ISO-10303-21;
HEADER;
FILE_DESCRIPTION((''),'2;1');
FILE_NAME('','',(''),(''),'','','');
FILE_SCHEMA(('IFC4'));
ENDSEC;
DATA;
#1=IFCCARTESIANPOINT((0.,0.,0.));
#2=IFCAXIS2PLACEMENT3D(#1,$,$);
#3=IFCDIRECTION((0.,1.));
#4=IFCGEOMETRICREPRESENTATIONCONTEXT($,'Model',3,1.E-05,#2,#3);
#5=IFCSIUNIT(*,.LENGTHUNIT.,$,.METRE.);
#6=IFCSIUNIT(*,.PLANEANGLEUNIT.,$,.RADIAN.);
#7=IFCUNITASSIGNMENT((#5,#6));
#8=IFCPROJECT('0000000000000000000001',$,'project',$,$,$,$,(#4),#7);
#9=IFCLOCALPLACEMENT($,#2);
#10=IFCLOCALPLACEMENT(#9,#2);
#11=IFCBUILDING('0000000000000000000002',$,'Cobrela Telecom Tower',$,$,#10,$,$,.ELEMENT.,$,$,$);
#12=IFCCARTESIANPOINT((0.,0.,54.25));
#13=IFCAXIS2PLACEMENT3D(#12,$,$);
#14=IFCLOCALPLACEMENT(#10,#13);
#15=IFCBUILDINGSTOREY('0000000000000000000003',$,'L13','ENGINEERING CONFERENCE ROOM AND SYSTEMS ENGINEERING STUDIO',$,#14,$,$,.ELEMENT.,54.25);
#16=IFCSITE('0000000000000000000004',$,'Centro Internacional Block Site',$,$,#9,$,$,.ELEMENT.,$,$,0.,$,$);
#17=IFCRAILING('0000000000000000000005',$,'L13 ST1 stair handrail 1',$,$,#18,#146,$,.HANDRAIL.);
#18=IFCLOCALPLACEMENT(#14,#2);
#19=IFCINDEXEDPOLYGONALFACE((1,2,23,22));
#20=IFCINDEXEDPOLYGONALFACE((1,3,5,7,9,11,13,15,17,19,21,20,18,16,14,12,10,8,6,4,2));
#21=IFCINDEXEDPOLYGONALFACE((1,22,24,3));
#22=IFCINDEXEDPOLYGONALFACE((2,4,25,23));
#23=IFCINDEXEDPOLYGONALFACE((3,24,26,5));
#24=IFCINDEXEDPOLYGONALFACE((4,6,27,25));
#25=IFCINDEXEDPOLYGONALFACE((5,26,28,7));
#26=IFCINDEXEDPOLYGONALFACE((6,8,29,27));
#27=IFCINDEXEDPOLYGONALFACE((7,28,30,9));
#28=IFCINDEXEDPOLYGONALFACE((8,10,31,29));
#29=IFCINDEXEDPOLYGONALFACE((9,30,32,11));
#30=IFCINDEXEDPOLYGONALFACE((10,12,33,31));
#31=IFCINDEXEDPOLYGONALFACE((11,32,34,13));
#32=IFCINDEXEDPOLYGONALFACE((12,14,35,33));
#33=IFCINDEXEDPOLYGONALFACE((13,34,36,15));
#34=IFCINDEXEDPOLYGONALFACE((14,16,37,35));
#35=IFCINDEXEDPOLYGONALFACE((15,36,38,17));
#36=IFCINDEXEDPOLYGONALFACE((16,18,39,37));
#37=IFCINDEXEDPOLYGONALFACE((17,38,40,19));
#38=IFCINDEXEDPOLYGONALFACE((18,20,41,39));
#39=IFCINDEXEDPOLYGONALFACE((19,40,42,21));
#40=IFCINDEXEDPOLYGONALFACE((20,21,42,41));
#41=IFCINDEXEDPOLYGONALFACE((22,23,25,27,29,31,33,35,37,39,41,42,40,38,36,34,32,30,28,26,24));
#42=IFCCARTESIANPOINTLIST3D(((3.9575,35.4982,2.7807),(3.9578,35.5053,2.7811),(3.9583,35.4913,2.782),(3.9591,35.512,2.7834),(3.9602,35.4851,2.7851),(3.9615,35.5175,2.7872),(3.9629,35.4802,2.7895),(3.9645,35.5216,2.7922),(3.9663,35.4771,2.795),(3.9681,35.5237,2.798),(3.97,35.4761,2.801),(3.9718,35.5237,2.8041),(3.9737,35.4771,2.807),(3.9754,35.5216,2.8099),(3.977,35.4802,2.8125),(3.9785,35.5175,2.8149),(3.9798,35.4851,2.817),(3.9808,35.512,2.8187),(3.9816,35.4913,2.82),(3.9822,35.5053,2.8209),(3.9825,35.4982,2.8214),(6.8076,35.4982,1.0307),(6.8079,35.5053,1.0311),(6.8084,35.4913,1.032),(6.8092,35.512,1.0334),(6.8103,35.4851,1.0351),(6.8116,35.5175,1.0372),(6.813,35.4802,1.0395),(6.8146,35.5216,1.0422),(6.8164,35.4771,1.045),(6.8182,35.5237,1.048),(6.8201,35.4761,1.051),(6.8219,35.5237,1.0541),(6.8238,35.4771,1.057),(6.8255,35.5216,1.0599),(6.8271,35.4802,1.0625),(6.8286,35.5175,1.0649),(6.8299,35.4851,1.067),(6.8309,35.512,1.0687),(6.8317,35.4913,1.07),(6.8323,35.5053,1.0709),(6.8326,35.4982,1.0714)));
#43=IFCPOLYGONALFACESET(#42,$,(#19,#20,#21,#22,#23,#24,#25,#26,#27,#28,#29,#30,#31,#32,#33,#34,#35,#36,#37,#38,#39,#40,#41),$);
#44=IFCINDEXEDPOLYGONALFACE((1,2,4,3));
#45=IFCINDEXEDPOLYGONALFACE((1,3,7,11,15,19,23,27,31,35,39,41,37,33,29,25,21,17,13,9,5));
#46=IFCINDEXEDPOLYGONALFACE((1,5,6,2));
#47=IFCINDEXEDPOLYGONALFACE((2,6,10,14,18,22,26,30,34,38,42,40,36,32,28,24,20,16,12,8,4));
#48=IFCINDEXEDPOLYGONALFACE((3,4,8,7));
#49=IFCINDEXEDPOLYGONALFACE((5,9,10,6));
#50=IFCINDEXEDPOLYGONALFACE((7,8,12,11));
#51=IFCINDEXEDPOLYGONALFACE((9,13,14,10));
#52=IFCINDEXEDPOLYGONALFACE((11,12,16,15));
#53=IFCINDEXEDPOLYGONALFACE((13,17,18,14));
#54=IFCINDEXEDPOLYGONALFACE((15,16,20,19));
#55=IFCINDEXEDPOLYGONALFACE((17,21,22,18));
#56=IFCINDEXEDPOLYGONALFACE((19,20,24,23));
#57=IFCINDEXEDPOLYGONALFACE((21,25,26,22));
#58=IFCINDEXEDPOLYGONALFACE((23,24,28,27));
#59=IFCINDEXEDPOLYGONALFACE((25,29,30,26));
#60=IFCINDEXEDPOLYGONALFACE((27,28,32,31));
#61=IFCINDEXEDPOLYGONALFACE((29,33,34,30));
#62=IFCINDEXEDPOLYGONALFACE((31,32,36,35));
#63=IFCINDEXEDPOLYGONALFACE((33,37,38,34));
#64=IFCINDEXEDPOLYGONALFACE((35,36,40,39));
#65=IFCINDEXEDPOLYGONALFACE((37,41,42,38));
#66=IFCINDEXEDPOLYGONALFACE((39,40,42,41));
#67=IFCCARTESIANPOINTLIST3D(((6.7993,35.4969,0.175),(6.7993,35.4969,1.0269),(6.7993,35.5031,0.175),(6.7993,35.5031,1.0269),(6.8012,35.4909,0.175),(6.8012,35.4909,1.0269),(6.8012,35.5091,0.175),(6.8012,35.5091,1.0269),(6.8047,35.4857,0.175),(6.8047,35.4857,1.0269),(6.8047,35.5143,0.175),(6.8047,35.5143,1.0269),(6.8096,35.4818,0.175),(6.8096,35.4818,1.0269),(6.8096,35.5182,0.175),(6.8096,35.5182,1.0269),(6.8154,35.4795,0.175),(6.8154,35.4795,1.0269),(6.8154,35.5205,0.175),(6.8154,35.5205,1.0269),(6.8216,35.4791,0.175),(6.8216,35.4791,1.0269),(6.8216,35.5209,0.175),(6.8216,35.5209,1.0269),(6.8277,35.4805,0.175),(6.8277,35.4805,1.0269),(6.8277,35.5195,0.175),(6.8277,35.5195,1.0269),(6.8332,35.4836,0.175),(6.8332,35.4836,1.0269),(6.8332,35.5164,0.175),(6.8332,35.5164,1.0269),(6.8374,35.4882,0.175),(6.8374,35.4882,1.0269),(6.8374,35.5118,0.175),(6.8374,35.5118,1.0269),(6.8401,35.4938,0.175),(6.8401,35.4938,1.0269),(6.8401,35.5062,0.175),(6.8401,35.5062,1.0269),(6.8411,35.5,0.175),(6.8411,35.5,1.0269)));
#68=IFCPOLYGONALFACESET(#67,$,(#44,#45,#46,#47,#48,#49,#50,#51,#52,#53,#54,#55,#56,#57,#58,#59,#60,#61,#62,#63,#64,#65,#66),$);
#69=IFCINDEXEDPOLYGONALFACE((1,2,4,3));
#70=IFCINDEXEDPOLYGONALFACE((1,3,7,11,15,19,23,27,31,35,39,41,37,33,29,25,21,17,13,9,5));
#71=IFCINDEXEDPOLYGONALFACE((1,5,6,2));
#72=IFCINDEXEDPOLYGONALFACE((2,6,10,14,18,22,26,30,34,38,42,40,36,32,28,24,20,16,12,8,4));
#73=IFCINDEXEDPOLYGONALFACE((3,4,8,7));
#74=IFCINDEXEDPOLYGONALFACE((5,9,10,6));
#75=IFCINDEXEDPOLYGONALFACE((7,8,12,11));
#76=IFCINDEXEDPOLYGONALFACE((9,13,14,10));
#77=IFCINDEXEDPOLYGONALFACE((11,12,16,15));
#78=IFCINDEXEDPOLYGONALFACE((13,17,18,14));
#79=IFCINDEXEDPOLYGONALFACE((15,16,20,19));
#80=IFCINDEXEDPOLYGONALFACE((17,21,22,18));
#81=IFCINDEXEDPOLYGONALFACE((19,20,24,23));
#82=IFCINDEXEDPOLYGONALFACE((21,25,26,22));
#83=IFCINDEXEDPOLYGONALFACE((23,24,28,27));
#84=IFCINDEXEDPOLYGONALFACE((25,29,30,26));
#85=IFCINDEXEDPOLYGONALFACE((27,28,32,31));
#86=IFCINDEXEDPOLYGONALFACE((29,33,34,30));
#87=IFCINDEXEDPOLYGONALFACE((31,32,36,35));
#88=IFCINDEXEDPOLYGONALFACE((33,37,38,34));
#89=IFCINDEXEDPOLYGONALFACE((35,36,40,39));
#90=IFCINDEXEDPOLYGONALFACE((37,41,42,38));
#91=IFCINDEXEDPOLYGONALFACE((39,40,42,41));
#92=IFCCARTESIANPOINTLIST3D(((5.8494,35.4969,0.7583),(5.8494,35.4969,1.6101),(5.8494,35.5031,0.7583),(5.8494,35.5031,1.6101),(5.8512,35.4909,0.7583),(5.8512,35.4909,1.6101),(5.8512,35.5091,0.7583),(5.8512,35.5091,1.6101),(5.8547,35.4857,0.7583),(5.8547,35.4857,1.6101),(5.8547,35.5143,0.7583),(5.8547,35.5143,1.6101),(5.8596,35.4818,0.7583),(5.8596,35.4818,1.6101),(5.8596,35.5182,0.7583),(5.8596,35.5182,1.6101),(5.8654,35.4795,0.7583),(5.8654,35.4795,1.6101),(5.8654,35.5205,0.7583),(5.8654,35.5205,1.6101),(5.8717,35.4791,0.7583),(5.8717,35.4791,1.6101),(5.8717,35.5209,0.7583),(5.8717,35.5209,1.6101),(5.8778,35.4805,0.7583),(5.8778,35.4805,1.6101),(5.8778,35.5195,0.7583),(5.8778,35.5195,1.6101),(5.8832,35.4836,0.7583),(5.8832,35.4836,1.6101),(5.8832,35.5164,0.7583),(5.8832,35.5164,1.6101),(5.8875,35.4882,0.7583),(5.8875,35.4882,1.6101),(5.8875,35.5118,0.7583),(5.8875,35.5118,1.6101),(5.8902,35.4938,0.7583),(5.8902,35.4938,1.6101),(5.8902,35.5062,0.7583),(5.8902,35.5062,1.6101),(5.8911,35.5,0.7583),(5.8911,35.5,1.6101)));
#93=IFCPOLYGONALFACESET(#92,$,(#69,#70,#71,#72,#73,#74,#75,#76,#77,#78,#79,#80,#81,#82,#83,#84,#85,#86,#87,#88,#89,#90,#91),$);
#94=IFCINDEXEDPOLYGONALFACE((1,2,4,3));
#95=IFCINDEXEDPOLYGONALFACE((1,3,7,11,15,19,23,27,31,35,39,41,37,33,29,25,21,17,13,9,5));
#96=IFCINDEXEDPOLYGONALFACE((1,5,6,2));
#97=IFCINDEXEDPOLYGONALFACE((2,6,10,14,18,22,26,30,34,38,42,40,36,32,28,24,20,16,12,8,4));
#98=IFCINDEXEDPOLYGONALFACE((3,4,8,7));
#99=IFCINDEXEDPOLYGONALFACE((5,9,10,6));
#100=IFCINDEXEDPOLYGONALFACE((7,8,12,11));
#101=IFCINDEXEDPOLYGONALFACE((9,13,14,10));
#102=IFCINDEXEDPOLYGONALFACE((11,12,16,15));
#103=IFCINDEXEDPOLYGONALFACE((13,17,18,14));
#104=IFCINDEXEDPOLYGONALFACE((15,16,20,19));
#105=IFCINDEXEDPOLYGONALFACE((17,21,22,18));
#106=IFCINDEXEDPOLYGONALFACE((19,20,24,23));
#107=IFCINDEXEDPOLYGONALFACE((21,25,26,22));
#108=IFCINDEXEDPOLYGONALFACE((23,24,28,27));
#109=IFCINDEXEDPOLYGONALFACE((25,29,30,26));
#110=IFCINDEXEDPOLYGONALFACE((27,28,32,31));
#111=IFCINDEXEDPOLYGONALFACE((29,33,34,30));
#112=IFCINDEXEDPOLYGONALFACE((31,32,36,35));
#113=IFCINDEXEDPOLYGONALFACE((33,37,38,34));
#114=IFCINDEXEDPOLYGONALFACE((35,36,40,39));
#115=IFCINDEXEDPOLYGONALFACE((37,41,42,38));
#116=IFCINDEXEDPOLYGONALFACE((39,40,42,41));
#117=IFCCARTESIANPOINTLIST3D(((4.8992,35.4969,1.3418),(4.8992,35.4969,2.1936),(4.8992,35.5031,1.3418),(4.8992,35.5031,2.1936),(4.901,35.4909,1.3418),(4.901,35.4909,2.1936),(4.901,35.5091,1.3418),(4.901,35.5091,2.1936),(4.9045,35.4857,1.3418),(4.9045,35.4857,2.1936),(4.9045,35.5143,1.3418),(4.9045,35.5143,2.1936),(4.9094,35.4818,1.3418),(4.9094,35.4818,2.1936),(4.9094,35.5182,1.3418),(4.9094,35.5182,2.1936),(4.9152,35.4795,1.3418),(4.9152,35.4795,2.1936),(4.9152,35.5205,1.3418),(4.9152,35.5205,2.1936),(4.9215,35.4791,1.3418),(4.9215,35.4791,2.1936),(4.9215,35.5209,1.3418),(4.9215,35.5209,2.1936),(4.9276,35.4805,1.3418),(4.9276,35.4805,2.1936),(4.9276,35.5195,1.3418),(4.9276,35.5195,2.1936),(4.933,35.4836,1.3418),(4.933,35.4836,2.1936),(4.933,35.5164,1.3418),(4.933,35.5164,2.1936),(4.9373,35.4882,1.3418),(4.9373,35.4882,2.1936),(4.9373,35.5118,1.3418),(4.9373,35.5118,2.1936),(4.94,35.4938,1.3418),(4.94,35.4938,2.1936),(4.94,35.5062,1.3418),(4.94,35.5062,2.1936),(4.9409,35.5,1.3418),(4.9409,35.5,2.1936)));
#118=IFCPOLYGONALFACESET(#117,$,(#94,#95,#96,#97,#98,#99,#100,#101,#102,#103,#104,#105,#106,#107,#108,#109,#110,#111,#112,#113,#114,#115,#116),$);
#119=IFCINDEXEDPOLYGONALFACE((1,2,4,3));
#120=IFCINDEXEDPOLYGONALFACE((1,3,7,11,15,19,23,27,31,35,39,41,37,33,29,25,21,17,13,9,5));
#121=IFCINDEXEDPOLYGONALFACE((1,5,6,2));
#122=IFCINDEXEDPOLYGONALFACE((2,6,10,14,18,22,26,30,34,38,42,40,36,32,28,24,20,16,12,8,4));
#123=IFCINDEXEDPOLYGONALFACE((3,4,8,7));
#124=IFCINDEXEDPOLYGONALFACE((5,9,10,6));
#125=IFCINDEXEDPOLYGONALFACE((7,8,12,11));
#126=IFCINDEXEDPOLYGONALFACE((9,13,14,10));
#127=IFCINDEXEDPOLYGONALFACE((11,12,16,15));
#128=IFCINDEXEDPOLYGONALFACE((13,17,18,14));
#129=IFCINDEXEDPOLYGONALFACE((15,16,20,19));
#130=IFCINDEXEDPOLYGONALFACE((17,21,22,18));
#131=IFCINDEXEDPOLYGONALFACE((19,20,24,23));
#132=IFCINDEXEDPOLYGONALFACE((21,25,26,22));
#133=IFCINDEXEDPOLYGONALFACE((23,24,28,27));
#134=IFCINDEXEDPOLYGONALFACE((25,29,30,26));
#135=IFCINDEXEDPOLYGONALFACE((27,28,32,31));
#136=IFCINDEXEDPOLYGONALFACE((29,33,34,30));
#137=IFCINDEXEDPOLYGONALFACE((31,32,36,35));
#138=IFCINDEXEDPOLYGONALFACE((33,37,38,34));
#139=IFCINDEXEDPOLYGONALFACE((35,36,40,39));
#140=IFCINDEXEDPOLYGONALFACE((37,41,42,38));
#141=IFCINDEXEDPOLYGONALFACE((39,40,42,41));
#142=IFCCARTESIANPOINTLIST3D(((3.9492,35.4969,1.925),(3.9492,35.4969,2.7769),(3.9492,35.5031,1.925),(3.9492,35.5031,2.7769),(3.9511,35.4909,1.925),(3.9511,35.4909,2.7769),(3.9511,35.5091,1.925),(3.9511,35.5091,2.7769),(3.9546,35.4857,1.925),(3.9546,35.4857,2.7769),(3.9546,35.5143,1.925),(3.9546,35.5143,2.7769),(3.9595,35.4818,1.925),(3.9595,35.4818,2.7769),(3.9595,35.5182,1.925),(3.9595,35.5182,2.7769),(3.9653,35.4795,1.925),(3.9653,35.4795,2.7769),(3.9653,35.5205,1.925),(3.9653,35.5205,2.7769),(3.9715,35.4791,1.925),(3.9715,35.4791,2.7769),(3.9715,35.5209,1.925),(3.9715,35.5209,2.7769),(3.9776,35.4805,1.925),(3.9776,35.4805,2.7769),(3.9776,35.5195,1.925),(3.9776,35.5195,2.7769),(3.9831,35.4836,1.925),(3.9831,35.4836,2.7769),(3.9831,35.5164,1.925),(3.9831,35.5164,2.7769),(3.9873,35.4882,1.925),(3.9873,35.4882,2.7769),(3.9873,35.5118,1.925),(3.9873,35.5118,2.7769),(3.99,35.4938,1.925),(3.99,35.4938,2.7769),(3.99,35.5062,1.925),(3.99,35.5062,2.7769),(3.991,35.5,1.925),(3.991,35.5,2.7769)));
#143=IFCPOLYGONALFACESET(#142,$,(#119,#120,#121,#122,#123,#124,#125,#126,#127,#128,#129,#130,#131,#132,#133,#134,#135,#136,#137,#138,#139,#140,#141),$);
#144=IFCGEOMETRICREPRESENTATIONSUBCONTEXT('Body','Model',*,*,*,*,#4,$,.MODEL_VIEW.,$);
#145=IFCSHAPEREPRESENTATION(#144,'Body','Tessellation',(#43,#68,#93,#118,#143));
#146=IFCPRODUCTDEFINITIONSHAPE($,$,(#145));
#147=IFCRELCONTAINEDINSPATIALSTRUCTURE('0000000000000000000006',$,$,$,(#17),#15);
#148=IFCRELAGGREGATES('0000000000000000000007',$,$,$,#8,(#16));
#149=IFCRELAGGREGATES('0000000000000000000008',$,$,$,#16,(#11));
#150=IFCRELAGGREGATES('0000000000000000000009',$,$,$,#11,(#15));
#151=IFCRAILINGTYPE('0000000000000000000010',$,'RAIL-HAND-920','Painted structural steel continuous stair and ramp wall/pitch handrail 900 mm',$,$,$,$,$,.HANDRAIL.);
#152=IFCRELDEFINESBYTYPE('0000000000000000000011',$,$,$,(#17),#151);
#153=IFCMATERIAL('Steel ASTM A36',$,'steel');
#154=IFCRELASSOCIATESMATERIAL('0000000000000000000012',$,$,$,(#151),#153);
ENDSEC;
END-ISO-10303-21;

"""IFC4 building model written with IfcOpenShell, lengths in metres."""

from ifc_helpers import new_model, si_unit, direction, frame, origin, origin_2d, place, context, subcontext, project, spatial, circle, extrude, material, type_object, element, save


model = new_model("IFC4")

# Units and contexts
model_context = context("Model", 3, precision=1e-05, world=origin(), true_north=direction((0.0, 1.0)))
body_context = subcontext(model_context, "Body", "Model", "MODEL_VIEW")
ifc_project = project(units=[si_unit("LENGTHUNIT", "METRE"), si_unit("PLANEANGLEUNIT", "RADIAN")], contexts=[model_context])

# Site, building, storey
site_placement = place(None, origin())
site = spatial("IfcSite", under=ifc_project, at=site_placement, Name="Centro Internacional Block Site", CompositionType="ELEMENT", RefElevation=0.0)
building_placement = place(site_placement, origin())
building = spatial("IfcBuilding", under=site, at=building_placement, Name="Cobrela Telecom Tower", CompositionType="ELEMENT")
storey_placement = place(building_placement, frame((0.0, 0.0, 54.25)))
storey = spatial("IfcBuildingStorey", under=building, at=storey_placement, Name="L13", Description="ENGINEERING CONFERENCE ROOM AND SYSTEMS ENGINEERING STUDIO", CompositionType="ELEMENT", Elevation=54.25)

# Shared definitions
ifc_material_1 = material(Name="Steel ASTM A36", Category="steel")

# Railing
railing_type_1 = type_object("IfcRailingType", Name="RAIL-HAND-920", Description="Painted structural steel continuous stair and ramp wall/pitch handrail 900 mm", PredefinedType="HANDRAIL", material=ifc_material_1)
railing_1_placement = place(storey_placement, frame((6.8201, 35.5, 0.175)))
element("IfcRailing", 1, at=railing_1_placement, inside=storey, type_object=railing_type_1, Name="L13 ST1 stair handrail 1", PredefinedType="HANDRAIL", context=body_context, shape_type="SweptSolid", body=[
    extrude(circle(Radius=0.0239, at=origin_2d()), frame((0.0, 0.0, 0.876), z_axis=(-0.852179, 0.0, 0.52325), x_axis=(0.0, -1.0, 0.0)), (0.0, 0.0, 1.0), 3.3445),
    extrude(circle(Radius=0.021, at=origin_2d()), origin(), (0.0, 0.0, 1.0), 0.8518),
    extrude(circle(Radius=0.021, at=origin_2d()), frame((-0.95, 0.0, 0.5833)), (0.0, 0.0, 1.0), 0.8518),
    extrude(circle(Radius=0.021, at=origin_2d()), frame((-1.9001, 0.0, 1.1667)), (0.0, 0.0, 1.0), 0.8518),
    extrude(circle(Radius=0.021, at=origin_2d()), frame((-2.8501, 0.0, 1.75)), (0.0, 0.0, 1.0), 0.8518),
])

save(model, "model.ifc")
